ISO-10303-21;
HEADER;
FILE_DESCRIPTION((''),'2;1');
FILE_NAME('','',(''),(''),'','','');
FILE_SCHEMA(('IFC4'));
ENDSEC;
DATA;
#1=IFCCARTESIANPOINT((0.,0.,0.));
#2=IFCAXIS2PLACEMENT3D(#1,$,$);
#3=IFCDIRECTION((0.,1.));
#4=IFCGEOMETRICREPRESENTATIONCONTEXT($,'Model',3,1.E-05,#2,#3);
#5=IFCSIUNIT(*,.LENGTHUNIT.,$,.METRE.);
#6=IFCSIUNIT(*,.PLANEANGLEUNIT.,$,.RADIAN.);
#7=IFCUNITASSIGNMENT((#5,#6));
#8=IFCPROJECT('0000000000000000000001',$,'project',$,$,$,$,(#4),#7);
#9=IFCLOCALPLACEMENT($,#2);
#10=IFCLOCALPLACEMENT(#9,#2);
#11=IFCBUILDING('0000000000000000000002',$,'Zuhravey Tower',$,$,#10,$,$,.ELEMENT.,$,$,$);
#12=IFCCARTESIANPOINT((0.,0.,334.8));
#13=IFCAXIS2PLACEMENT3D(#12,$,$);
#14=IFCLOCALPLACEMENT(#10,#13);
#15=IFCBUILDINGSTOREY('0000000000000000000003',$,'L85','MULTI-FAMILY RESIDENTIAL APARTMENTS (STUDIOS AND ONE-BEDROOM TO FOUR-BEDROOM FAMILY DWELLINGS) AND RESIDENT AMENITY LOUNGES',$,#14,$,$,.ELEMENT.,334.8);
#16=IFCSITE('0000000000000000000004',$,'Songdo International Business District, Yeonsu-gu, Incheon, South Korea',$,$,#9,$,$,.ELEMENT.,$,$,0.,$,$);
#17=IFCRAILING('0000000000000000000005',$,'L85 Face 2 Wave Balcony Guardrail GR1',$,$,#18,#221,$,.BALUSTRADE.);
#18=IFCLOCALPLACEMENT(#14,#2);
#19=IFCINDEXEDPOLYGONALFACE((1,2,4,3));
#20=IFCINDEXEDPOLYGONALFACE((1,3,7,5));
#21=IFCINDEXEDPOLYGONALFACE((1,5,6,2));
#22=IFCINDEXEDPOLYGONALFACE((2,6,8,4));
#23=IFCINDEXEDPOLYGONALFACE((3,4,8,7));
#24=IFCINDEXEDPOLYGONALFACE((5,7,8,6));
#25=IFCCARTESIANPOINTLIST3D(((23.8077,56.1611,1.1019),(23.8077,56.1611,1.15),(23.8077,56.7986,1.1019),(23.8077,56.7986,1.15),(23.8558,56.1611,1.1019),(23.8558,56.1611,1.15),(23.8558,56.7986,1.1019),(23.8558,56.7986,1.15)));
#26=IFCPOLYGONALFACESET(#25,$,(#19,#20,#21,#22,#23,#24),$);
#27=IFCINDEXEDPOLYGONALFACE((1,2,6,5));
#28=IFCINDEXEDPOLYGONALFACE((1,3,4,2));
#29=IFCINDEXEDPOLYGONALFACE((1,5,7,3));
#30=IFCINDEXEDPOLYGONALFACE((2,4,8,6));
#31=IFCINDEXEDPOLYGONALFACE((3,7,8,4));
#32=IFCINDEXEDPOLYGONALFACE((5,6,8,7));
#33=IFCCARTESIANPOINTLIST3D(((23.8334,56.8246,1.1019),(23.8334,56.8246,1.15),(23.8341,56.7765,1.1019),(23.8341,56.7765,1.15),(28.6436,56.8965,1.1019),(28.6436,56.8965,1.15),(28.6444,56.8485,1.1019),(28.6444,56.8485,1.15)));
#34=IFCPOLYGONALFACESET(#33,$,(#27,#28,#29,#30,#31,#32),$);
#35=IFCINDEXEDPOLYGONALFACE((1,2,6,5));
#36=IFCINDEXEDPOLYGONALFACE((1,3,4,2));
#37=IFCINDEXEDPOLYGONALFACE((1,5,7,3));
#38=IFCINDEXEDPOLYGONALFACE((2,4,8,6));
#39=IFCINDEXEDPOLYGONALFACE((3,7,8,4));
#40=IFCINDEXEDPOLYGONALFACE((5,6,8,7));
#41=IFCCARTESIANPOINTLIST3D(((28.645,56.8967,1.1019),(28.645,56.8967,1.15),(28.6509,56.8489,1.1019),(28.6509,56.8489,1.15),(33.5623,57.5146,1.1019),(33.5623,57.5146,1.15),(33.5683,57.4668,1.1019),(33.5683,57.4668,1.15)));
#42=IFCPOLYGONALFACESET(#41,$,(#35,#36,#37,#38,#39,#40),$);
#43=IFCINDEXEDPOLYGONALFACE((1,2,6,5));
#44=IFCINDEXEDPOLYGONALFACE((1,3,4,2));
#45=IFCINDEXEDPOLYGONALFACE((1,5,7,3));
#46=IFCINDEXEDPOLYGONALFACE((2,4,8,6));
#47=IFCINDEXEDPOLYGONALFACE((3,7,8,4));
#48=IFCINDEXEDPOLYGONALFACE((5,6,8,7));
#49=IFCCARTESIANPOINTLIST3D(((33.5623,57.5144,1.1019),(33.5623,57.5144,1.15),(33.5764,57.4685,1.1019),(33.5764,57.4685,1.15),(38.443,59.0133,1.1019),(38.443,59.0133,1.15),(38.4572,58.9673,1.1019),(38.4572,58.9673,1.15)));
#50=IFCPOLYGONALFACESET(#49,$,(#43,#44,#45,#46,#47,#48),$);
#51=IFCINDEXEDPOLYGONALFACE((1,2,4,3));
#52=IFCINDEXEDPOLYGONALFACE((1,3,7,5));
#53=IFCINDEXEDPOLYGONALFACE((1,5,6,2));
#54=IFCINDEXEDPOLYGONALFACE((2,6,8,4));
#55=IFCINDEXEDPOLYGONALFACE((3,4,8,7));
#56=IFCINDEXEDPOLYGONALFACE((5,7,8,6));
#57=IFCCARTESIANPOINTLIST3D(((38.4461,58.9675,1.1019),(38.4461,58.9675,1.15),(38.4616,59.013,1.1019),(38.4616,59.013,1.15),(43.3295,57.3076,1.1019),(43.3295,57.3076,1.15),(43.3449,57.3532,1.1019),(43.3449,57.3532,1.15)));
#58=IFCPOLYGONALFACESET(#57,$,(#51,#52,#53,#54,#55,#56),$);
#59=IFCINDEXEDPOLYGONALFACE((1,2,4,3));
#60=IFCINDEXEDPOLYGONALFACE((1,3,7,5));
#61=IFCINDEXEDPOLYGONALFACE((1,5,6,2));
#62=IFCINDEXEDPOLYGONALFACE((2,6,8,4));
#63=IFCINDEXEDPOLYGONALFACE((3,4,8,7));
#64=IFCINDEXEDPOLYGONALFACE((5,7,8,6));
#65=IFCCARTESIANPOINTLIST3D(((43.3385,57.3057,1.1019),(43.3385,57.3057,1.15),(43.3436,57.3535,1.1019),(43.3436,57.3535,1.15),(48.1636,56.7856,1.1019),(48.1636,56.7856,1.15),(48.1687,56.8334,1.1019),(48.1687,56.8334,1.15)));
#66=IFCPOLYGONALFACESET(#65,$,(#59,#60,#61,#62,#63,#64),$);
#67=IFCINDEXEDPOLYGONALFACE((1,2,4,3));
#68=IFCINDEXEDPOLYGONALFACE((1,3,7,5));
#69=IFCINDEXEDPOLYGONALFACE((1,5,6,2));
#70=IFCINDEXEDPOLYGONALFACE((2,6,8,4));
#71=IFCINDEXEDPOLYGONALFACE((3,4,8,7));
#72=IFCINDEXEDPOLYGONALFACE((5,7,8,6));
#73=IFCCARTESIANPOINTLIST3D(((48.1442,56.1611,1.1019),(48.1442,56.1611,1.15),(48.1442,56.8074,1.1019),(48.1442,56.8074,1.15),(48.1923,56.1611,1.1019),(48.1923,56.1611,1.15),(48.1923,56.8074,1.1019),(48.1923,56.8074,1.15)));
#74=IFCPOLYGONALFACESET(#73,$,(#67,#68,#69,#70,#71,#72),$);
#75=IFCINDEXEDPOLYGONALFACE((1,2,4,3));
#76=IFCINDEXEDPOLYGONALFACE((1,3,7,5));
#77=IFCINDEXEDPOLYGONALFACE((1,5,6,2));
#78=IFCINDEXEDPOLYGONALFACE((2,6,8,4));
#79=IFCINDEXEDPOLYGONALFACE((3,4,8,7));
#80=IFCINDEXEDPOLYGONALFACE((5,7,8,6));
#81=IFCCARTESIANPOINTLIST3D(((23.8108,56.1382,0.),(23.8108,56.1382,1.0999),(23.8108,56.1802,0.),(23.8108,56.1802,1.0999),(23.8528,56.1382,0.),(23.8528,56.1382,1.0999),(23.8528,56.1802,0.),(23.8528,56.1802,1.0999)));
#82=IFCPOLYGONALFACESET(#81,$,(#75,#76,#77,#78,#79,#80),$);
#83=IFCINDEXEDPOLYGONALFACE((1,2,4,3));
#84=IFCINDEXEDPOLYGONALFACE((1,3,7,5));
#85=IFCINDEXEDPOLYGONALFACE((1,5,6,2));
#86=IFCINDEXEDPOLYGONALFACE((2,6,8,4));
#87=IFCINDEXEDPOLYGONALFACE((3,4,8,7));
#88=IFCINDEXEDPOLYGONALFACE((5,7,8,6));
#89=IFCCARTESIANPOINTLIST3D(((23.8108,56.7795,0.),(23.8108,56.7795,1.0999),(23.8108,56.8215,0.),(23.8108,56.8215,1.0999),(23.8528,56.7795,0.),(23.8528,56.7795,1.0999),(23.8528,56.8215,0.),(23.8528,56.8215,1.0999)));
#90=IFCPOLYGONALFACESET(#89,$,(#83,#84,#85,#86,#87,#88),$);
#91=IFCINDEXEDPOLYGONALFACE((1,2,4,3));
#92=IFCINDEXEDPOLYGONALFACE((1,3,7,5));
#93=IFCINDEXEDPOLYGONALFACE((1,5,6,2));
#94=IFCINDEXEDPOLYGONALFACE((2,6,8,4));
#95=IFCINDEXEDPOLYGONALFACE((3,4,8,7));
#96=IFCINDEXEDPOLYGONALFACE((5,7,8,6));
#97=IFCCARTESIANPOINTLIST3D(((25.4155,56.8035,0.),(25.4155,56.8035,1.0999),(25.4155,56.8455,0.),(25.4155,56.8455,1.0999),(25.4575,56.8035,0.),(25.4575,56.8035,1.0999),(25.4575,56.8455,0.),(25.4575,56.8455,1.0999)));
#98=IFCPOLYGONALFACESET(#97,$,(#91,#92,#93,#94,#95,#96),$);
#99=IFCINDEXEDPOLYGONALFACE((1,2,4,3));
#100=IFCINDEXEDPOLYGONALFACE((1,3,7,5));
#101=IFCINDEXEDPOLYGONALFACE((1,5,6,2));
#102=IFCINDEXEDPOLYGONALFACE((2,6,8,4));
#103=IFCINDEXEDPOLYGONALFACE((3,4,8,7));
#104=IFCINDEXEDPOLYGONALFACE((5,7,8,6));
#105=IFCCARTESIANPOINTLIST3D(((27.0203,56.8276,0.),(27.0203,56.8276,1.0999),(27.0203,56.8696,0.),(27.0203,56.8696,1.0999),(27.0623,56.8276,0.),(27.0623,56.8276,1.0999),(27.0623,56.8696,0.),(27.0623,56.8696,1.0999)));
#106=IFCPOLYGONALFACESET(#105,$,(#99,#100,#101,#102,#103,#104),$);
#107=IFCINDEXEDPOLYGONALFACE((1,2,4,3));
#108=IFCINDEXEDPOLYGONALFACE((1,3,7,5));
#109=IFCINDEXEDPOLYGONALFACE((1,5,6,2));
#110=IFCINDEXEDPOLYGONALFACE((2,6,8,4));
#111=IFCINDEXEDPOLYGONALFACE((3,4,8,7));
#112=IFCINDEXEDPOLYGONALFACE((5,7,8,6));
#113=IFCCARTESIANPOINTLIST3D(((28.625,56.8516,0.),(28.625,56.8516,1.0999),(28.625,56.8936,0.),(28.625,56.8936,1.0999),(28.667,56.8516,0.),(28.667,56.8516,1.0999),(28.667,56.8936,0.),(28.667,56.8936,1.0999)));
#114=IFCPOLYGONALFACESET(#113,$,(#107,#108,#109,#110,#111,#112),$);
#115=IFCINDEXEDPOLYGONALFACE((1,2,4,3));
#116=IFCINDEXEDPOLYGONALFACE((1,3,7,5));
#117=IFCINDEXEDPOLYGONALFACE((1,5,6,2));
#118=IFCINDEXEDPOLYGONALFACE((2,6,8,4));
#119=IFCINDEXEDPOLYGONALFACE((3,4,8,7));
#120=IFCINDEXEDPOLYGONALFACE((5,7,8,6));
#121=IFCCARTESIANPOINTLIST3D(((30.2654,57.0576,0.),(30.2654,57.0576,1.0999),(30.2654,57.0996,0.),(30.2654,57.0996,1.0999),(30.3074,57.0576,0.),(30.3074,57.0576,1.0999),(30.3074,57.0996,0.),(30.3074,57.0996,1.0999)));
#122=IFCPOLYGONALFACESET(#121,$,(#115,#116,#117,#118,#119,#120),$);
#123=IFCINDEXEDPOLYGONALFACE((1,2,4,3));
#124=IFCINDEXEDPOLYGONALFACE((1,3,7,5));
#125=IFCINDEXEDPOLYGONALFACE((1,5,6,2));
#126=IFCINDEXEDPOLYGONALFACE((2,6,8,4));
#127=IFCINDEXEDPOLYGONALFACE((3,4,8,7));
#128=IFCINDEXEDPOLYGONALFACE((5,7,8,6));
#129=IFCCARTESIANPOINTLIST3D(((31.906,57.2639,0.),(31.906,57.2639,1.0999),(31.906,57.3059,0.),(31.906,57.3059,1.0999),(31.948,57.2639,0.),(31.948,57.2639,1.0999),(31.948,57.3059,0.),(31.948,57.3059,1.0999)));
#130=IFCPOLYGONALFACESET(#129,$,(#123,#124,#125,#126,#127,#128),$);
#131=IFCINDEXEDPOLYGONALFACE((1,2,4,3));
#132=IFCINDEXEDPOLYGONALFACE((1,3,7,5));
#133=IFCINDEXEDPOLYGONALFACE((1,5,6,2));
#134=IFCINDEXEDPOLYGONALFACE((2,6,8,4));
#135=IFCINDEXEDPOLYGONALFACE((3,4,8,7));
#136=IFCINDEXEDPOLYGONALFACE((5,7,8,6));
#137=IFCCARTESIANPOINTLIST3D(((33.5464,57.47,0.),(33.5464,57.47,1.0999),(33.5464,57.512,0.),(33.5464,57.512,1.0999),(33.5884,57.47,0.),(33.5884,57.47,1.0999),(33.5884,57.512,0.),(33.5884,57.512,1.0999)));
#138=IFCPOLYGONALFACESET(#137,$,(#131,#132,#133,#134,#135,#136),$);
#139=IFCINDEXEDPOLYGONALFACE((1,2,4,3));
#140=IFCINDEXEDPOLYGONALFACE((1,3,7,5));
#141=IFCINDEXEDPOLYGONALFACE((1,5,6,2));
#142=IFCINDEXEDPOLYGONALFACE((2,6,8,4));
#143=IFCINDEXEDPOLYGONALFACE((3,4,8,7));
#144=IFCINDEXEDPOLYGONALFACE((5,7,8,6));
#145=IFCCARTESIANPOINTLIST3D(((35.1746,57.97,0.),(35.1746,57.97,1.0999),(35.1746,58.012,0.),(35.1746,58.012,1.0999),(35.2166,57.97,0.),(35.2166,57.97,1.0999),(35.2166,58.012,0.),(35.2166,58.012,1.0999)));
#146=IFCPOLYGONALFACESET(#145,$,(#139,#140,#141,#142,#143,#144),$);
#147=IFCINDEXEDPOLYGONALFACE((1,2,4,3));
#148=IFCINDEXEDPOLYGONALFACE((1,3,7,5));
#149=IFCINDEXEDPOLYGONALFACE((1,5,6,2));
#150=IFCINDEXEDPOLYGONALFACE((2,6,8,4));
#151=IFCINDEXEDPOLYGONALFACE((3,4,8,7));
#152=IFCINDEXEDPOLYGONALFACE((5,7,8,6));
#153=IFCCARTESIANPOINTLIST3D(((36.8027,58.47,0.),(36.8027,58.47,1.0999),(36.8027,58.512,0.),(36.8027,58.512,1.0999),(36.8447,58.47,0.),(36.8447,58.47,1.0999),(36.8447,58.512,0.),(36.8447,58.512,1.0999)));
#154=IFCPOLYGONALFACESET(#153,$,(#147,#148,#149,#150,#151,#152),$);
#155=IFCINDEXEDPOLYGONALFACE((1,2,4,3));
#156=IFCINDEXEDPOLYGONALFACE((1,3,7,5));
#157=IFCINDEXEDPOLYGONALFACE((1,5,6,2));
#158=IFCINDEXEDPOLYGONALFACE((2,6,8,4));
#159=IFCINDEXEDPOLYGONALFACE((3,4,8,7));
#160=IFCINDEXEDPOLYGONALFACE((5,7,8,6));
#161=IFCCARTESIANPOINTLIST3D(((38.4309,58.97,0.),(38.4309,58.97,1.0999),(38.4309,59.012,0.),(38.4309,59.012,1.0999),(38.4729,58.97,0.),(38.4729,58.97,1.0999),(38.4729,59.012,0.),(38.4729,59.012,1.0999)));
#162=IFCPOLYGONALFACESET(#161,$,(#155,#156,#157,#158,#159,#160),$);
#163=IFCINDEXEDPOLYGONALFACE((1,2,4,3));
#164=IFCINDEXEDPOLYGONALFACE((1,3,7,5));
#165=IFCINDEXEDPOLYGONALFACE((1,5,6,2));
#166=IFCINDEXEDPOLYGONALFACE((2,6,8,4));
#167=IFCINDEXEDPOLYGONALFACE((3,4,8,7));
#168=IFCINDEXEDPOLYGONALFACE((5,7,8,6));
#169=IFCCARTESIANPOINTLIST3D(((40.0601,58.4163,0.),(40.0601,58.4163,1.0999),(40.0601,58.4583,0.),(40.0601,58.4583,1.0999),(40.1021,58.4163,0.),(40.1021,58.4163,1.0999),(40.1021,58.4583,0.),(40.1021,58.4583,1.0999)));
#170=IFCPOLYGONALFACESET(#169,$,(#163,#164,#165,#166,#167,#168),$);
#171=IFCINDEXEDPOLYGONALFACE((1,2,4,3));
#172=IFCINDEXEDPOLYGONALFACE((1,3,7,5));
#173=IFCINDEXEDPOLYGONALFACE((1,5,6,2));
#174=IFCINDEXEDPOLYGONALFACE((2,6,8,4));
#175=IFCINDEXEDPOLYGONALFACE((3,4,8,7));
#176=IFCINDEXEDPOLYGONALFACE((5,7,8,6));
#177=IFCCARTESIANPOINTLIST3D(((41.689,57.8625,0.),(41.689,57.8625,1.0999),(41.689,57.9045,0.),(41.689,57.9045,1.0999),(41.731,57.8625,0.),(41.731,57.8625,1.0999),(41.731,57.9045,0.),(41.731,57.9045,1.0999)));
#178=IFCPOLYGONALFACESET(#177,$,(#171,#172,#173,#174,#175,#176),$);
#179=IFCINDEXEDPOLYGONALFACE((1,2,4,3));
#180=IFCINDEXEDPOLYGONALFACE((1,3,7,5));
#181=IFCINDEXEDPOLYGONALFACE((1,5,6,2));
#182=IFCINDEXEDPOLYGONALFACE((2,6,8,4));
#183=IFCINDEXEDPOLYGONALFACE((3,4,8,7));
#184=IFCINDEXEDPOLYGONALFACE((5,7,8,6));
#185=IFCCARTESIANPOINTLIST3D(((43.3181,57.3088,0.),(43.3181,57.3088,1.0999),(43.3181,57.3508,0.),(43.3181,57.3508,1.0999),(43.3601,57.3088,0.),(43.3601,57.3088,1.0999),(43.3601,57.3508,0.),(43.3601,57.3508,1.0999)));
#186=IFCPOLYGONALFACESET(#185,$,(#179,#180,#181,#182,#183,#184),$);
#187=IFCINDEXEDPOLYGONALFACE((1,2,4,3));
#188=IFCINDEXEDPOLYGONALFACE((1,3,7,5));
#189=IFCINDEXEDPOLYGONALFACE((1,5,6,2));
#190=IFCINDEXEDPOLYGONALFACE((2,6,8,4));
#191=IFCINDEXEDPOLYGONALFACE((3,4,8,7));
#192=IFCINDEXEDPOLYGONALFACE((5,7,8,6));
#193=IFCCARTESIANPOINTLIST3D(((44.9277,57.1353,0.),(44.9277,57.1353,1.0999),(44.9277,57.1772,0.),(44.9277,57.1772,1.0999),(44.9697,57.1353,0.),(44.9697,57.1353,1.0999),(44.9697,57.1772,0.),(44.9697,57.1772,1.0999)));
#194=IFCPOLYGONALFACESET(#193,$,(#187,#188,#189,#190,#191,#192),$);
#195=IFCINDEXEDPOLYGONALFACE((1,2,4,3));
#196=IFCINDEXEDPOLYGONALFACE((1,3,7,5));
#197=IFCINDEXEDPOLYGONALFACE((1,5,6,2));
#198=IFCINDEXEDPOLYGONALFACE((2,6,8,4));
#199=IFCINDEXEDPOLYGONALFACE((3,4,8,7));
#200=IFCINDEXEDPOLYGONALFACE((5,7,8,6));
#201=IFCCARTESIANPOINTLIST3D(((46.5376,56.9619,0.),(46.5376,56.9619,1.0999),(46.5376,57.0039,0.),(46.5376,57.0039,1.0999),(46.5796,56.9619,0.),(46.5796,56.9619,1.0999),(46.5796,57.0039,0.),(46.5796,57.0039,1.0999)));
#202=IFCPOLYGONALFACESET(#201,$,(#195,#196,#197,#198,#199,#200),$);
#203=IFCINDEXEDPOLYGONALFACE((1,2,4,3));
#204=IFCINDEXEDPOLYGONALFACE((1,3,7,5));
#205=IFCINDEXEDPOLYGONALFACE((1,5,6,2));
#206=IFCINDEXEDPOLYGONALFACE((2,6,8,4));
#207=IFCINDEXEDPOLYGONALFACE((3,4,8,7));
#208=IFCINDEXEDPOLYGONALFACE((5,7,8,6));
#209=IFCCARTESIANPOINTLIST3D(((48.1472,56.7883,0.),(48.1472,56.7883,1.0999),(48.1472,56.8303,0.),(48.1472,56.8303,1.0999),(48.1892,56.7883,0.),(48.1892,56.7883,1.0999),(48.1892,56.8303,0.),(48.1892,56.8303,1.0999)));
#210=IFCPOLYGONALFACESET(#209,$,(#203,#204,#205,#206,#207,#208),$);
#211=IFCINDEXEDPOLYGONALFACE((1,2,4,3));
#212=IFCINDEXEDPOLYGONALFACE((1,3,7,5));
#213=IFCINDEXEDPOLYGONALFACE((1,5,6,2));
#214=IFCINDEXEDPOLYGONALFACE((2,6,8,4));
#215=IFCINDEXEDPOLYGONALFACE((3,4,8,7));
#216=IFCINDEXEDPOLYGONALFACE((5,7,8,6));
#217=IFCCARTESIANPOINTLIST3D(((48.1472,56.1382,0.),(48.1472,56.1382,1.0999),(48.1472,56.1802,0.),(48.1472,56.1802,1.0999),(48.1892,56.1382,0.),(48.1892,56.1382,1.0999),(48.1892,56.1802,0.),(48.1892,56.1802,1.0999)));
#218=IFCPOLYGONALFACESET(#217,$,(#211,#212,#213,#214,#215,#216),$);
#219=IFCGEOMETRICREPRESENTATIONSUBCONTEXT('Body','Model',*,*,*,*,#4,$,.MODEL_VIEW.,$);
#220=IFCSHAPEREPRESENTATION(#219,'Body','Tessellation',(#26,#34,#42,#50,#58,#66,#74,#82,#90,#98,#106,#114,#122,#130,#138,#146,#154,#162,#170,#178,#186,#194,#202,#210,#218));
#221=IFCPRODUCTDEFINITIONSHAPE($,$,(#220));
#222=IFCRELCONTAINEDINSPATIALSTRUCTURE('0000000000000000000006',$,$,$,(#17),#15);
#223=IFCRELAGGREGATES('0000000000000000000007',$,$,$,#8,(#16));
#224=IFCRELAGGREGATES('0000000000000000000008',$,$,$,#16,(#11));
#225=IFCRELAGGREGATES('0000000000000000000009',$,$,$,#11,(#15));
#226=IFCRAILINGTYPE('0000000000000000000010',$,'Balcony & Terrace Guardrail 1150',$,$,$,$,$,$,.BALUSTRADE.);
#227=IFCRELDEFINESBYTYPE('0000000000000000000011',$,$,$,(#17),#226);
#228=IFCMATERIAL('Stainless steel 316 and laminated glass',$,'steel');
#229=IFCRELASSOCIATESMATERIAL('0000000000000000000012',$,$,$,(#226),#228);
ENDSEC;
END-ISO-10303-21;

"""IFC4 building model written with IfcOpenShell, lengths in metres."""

from ifc_helpers import new_model, si_unit, direction, frame, origin, origin_2d, place, context, subcontext, project, spatial, rectangle, extrude, material, type_object, element, save


model = new_model("IFC4")

# Units and contexts
model_context = context("Model", 3, precision=1e-05, world=origin(), true_north=direction((0.0, 1.0)))
body_context = subcontext(model_context, "Body", "Model", "MODEL_VIEW")
ifc_project = project(units=[si_unit("LENGTHUNIT", "METRE"), si_unit("PLANEANGLEUNIT", "RADIAN")], contexts=[model_context])

# Site, building, storey
site_placement = place(None, origin())
site = spatial("IfcSite", under=ifc_project, at=site_placement, Name="Songdo International Business District, Yeonsu-gu, Incheon, South Korea", CompositionType="ELEMENT", RefElevation=0.0)
building_placement = place(site_placement, origin())
building = spatial("IfcBuilding", under=site, at=building_placement, Name="Zuhravey Tower", CompositionType="ELEMENT")
storey_placement = place(building_placement, frame((0.0, 0.0, 334.8)))
storey = spatial("IfcBuildingStorey", under=building, at=storey_placement, Name="L85", Description="MULTI-FAMILY RESIDENTIAL APARTMENTS (STUDIOS AND ONE-BEDROOM TO FOUR-BEDROOM FAMILY DWELLINGS) AND RESIDENT AMENITY LOUNGES", CompositionType="ELEMENT", Elevation=334.8)

# Railing
ifc_material_1 = material(Name="Stainless steel 316 and laminated glass", Category="steel")
railing_type = type_object("IfcRailingType", Name="Balcony & Terrace Guardrail 1150", PredefinedType="BALUSTRADE", material=ifc_material_1)
railing_placement = place(storey_placement, frame((23.8318, 56.1592, 0.0)))
element("IfcRailing", 1, at=railing_placement, inside=storey, type_object=railing_type, Name="L85 Face 2 Wave Balcony Guardrail GR1", PredefinedType="BALUSTRADE", context=body_context, shape_type="SweptSolid", body=[
    extrude(rectangle(XDim=0.0481, YDim=0.0481, at=origin_2d()), frame((0.0, 0.002, 1.126), z_axis=(0.0, 1.0, 0.0), x_axis=(-1.0, 0.0, 0.0)), (0.0, 0.0, 1.0), 0.6375),
    extrude(rectangle(XDim=0.0481, YDim=0.0481, at=origin_2d()), frame((0.002, 0.6414, 1.126), z_axis=(0.999888, 0.014959, 0.0), x_axis=(-0.014959, 0.999888, 0.0)), (0.0, 0.0, 1.0), 4.8108),
    extrude(rectangle(XDim=0.0481, YDim=0.0481, at=origin_2d()), frame((4.8162, 0.7136, 1.126), z_axis=(0.992197, 0.124677, 0.0), x_axis=(-0.124677, 0.992197, 0.0)), (0.0, 0.0, 1.0), 4.9561),
    extrude(rectangle(XDim=0.0481, YDim=0.0481, at=origin_2d()), frame((9.7375, 1.3323, 1.126), z_axis=(0.95594, 0.293562, 0.0), x_axis=(-0.293562, 0.95594, 0.0)), (0.0, 0.0, 1.0), 5.1057),
    extrude(rectangle(XDim=0.0481, YDim=0.0481, at=origin_2d()), frame((14.6221, 2.8311, 1.126), z_axis=(0.946803, -0.321813, 0.0), x_axis=(0.321813, 0.946803, 0.0)), (0.0, 0.0, 1.0), 5.1577),
    extrude(rectangle(XDim=0.0481, YDim=0.0481, at=origin_2d()), frame((19.5093, 1.1704, 1.126), z_axis=(0.994241, -0.107165, 0.0), x_axis=(0.107165, 0.994241, 0.0)), (0.0, 0.0, 1.0), 4.853),
    extrude(rectangle(XDim=0.0481, YDim=0.0481, at=origin_2d()), frame((24.3364, 0.6482, 1.126), z_axis=(0.0, -1.0, 0.0), x_axis=(1.0, 0.0, 0.0)), (0.0, 0.0, 1.0), 0.6462),
    extrude(rectangle(XDim=0.042, YDim=0.042, at=origin_2d()), origin(), (0.0, 0.0, 1.0), 1.0999),
    extrude(rectangle(XDim=0.042, YDim=0.042, at=origin_2d()), frame((0.0, 0.6414, 0.0)), (0.0, 0.0, 1.0), 1.0999),
    extrude(rectangle(XDim=0.042, YDim=0.042, at=origin_2d()), frame((1.6047, 0.6653, 0.0)), (0.0, 0.0, 1.0), 1.0999),
    extrude(rectangle(XDim=0.042, YDim=0.042, at=origin_2d()), frame((3.2095, 0.6895, 0.0)), (0.0, 0.0, 1.0), 1.0999),
    extrude(rectangle(XDim=0.042, YDim=0.042, at=origin_2d()), frame((4.8142, 0.7134, 0.0)), (0.0, 0.0, 1.0), 1.0999),
    extrude(rectangle(XDim=0.042, YDim=0.042, at=origin_2d()), frame((6.4546, 0.9194, 0.0)), (0.0, 0.0, 1.0), 1.0999),
    extrude(rectangle(XDim=0.042, YDim=0.042, at=origin_2d()), frame((8.0952, 1.1257, 0.0)), (0.0, 0.0, 1.0), 1.0999),
    extrude(rectangle(XDim=0.042, YDim=0.042, at=origin_2d()), frame((9.7356, 1.3318, 0.0)), (0.0, 0.0, 1.0), 1.0999),
    extrude(rectangle(XDim=0.042, YDim=0.042, at=origin_2d()), frame((11.3638, 1.8318, 0.0)), (0.0, 0.0, 1.0), 1.0999),
    extrude(rectangle(XDim=0.042, YDim=0.042, at=origin_2d()), frame((12.9919, 2.3318, 0.0)), (0.0, 0.0, 1.0), 1.0999),
    extrude(rectangle(XDim=0.042, YDim=0.042, at=origin_2d()), frame((14.6201, 2.8318, 0.0)), (0.0, 0.0, 1.0), 1.0999),
    extrude(rectangle(XDim=0.042, YDim=0.042, at=origin_2d()), frame((16.2493, 2.2781, 0.0)), (0.0, 0.0, 1.0), 1.0999),
    extrude(rectangle(XDim=0.042, YDim=0.042, at=origin_2d()), frame((17.8782, 1.7244, 0.0)), (0.0, 0.0, 1.0), 1.0999),
    extrude(rectangle(XDim=0.042, YDim=0.042, at=origin_2d()), frame((19.5073, 1.1707, 0.0)), (0.0, 0.0, 1.0), 1.0999),
    extrude(rectangle(XDim=0.042, YDim=0.042, at=origin_2d()), frame((21.1169, 0.9971, 0.0)), (0.0, 0.0, 1.0), 1.0999),
    extrude(rectangle(XDim=0.042, YDim=0.042, at=origin_2d()), frame((22.7268, 0.8237, 0.0)), (0.0, 0.0, 1.0), 1.0999),
    extrude(rectangle(XDim=0.042, YDim=0.042, at=origin_2d()), frame((24.3364, 0.6501, 0.0)), (0.0, 0.0, 1.0), 1.0999),
    extrude(rectangle(XDim=0.042, YDim=0.042, at=origin_2d()), frame((24.3364, 0.0, 0.0)), (0.0, 0.0, 1.0), 1.0999),
])

save(model, "model.ifc")
